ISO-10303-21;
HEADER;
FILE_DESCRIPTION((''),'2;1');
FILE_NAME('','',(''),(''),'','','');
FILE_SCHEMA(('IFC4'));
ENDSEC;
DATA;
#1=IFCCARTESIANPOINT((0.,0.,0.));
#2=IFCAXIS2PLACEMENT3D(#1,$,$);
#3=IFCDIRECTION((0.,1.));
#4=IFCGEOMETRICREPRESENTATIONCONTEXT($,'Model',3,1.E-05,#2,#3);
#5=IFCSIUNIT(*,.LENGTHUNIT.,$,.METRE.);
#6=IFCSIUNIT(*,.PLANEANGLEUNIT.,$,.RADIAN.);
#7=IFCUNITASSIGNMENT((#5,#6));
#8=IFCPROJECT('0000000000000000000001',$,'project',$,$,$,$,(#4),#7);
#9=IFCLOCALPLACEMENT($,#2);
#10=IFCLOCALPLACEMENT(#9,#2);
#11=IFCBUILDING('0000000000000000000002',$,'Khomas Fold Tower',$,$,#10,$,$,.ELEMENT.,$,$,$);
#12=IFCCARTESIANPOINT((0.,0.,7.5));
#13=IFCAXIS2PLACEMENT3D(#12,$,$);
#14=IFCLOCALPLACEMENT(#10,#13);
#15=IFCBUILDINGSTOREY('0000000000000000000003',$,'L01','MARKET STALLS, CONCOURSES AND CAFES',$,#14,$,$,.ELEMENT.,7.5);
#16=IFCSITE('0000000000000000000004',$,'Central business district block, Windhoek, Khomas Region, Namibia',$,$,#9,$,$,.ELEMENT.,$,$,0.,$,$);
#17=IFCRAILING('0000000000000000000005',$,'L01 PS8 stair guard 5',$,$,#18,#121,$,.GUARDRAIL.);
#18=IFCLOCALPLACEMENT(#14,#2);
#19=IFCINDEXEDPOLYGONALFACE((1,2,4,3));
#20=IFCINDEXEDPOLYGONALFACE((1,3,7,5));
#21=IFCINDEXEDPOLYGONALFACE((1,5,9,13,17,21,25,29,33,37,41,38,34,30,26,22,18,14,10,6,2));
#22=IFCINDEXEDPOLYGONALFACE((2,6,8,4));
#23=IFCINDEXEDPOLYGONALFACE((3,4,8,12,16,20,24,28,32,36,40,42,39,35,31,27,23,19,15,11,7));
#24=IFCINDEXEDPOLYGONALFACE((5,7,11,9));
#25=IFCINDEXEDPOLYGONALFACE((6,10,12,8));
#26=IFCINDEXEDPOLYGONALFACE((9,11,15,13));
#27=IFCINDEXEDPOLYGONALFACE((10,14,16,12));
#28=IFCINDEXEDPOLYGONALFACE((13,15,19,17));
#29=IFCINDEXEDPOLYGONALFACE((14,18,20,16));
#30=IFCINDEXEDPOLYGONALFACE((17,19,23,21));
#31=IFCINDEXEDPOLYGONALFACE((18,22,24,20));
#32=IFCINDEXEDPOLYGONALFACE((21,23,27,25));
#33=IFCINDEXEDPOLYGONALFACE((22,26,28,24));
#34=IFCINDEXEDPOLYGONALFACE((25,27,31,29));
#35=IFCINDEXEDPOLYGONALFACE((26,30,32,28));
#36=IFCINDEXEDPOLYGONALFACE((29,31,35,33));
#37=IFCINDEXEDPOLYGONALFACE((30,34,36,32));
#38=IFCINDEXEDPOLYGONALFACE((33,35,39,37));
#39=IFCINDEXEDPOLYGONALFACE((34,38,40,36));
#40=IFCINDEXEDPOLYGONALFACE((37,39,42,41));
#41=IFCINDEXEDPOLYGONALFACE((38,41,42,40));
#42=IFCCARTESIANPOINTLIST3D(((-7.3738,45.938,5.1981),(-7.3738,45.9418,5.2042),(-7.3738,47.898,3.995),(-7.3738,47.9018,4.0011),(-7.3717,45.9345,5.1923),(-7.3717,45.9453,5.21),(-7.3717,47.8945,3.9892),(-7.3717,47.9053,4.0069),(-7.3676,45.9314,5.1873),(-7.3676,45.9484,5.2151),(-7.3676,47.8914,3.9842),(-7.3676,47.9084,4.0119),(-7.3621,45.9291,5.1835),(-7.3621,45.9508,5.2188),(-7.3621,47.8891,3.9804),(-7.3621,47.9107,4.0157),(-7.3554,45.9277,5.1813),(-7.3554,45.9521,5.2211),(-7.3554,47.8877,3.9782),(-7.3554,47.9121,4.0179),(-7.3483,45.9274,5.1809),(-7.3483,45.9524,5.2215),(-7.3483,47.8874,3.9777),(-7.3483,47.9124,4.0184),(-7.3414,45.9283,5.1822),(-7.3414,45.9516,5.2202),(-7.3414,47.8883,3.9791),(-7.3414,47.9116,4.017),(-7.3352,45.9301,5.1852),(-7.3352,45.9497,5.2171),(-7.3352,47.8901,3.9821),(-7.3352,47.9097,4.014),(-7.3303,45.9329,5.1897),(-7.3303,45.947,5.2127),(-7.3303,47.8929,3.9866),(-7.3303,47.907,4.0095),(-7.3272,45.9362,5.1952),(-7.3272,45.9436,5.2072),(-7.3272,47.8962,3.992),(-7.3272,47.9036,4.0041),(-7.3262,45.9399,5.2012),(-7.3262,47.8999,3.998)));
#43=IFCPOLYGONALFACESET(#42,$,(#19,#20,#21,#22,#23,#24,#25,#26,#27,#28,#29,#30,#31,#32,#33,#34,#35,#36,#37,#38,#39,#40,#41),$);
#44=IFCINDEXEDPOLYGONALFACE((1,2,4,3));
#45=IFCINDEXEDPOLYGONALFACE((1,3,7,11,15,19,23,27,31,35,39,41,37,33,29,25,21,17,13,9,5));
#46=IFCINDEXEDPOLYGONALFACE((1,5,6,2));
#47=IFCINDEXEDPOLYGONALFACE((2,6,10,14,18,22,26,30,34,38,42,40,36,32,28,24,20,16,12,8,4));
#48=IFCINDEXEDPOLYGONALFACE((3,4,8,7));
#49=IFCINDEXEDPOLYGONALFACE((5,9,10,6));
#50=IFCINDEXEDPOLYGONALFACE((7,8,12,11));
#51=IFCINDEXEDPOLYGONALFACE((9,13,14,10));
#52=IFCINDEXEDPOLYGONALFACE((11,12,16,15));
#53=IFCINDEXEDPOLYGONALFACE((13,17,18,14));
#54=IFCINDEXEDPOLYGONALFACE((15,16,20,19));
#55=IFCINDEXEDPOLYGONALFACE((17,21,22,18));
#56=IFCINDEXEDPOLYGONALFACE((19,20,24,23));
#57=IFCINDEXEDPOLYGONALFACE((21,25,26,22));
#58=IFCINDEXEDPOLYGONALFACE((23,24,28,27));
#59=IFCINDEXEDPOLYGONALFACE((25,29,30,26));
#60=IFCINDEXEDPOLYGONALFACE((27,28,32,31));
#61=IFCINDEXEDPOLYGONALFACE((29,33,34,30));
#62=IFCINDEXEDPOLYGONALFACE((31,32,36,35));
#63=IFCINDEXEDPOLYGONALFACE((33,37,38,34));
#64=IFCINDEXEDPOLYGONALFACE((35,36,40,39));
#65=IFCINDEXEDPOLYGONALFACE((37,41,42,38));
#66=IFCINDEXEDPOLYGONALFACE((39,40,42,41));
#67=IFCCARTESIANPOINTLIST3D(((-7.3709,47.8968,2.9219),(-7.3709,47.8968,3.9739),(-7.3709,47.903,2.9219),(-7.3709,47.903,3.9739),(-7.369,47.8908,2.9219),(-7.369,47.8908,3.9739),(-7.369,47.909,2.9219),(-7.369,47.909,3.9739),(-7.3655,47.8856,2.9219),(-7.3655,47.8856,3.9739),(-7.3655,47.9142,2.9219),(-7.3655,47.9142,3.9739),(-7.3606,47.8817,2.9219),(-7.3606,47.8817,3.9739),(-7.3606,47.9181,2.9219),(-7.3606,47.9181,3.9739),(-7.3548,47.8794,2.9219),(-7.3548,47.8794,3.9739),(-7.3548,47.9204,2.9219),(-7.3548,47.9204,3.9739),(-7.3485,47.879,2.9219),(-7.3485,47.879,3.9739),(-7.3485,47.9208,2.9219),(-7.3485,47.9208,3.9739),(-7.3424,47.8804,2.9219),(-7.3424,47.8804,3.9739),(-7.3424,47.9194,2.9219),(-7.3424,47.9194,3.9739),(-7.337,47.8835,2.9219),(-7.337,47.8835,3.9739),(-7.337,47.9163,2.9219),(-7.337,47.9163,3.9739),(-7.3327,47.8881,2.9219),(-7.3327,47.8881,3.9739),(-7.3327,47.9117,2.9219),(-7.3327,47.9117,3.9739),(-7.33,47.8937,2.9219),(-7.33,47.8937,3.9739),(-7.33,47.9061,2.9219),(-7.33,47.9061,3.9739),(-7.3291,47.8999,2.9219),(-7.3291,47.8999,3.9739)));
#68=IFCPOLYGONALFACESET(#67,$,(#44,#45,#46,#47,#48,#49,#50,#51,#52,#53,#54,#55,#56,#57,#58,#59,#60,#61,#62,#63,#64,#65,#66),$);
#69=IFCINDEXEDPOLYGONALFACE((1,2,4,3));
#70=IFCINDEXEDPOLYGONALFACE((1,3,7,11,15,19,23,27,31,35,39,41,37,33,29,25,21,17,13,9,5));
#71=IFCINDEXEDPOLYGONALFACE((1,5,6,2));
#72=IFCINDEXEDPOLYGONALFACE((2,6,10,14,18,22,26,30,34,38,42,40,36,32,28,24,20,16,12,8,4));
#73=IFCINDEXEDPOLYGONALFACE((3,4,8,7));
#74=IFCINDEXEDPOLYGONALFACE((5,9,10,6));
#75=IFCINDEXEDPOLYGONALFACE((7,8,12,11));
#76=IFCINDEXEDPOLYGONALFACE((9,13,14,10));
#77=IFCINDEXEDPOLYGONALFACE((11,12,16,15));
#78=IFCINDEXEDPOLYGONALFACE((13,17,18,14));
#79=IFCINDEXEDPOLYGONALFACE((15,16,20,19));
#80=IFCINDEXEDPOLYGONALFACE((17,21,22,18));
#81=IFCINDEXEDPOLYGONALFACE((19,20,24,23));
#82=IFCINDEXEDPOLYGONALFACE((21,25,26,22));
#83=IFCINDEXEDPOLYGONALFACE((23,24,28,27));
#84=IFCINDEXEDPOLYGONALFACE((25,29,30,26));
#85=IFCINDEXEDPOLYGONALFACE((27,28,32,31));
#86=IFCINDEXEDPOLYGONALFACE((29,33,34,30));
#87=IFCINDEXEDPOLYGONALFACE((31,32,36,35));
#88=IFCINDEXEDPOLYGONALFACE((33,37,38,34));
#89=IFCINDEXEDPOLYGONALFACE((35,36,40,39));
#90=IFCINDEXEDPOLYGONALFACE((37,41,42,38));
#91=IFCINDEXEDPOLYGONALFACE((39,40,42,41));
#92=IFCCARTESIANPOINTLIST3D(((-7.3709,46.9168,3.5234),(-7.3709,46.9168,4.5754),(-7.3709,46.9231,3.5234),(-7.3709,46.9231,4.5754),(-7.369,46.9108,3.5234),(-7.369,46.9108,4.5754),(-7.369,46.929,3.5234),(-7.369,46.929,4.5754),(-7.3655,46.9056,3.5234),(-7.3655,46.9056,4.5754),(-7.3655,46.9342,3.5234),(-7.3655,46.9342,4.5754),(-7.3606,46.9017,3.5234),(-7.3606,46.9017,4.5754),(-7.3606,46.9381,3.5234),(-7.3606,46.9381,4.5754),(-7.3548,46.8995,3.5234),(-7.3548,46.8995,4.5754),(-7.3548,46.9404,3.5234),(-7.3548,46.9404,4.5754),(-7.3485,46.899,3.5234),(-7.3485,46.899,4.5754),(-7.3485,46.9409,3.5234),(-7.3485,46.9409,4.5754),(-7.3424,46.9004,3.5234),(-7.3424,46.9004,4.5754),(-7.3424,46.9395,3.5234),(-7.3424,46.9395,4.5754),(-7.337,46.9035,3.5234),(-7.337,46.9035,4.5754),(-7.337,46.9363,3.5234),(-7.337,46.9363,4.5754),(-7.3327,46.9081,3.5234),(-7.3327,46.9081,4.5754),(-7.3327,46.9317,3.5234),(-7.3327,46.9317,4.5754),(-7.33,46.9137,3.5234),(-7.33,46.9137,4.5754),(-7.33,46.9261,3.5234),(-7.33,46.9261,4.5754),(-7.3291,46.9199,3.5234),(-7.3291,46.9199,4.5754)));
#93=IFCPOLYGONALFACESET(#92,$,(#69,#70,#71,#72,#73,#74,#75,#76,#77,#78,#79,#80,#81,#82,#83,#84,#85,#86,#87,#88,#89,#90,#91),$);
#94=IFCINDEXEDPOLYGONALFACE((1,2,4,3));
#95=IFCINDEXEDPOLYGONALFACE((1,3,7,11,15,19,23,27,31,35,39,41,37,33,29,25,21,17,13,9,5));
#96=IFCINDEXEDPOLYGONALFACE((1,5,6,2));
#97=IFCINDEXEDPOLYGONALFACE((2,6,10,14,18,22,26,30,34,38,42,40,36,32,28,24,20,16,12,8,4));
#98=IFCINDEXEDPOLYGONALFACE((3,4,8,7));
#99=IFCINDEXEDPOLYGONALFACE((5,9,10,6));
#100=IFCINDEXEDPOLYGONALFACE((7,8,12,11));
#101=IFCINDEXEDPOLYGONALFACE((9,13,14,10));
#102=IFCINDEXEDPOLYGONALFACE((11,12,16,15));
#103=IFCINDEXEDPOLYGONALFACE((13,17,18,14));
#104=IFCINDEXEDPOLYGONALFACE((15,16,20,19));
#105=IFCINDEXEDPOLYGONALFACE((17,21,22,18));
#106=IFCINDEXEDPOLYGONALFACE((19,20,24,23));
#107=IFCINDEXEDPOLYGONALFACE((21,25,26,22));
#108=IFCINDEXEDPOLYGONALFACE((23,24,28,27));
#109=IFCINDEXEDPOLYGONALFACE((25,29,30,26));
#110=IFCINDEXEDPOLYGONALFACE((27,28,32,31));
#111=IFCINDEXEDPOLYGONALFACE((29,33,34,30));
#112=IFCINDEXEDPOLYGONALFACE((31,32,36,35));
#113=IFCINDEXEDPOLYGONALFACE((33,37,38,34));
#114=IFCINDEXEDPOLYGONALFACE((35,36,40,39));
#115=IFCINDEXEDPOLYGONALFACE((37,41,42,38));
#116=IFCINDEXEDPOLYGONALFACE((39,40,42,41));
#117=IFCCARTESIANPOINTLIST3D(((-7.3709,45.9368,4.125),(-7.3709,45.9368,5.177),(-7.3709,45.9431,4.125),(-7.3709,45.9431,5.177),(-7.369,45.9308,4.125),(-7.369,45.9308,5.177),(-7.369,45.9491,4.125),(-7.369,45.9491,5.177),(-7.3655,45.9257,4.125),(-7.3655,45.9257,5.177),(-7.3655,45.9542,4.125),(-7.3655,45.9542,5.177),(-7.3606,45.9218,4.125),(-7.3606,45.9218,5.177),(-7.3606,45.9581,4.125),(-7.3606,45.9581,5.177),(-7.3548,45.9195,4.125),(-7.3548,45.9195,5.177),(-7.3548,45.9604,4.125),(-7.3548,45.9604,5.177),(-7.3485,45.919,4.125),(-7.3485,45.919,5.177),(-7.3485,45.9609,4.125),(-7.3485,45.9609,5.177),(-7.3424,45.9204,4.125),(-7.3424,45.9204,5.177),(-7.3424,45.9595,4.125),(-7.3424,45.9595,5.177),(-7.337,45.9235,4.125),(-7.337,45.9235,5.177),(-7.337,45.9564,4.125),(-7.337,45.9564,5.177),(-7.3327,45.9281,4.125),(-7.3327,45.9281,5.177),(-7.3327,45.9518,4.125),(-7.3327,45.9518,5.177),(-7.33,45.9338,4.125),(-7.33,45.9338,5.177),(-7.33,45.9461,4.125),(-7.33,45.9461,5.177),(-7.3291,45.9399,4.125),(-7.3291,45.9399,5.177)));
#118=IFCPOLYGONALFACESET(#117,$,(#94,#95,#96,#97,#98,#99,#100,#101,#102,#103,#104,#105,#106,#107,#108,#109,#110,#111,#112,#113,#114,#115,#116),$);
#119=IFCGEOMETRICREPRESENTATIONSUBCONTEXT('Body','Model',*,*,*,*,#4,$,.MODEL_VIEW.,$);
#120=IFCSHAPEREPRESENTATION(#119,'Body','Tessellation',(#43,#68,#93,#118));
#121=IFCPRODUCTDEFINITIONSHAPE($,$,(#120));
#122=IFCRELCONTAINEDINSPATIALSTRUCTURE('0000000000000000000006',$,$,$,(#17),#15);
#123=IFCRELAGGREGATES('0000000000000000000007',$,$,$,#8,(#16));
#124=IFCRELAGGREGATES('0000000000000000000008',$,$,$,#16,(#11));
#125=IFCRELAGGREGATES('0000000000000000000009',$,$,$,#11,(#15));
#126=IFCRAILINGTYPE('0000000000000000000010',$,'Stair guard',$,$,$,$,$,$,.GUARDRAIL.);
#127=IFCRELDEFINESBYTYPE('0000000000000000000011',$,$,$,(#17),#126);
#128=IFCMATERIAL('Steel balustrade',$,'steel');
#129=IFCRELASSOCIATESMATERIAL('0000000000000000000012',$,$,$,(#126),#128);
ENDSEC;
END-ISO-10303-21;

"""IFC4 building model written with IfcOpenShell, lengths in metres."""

from ifc_helpers import new_model, si_unit, direction, frame, origin, origin_2d, place, context, subcontext, project, spatial, circle, extrude, source, transform, mapped, material, type_object, element, save


model = new_model("IFC4")

# Units and contexts
model_context = context("Model", 3, precision=1e-05, world=origin(), true_north=direction((0.0, 1.0)))
body_context = subcontext(model_context, "Body", "Model", "MODEL_VIEW")
ifc_project = project(units=[si_unit("LENGTHUNIT", "METRE"), si_unit("PLANEANGLEUNIT", "RADIAN")], contexts=[model_context])

# Site, building, storey
site_placement = place(None, origin())
site = spatial("IfcSite", under=ifc_project, at=site_placement, Name="Central business district block, Windhoek, Khomas Region, Namibia", CompositionType="ELEMENT", RefElevation=0.0)
building_placement = place(site_placement, origin())
building = spatial("IfcBuilding", under=site, at=building_placement, Name="Khomas Fold Tower", CompositionType="ELEMENT")
storey_placement = place(building_placement, frame((0.0, 0.0, 7.5)))
storey = spatial("IfcBuildingStorey", under=building, at=storey_placement, Name="L01", Description="MARKET STALLS, CONCOURSES AND CAFES", CompositionType="ELEMENT", Elevation=7.5)

# Railing
ifc_material_1 = material(Name="Steel balustrade", Category="steel")
railing_type_1 = type_object("IfcRailingType", Name="Stair guard", PredefinedType="GUARDRAIL", material=ifc_material_1)
shared_shape_1 = source(origin(), body_context, "Body", "SweptSolid", [
    extrude(circle(Radius=0.0239, at=origin_2d()), frame((0.0, 0.0, 1.0762), z_axis=(0.0, -0.852241, 0.523149), x_axis=(1.0, 0.0, 0.0)), (0.0, 0.0, 1.0), 2.2998),
    extrude(circle(Radius=0.021, at=origin_2d()), origin(), (0.0, 0.0, 1.0), 1.052),
    extrude(circle(Radius=0.021, at=origin_2d()), frame((0.0, -0.98, 0.6016)), (0.0, 0.0, 1.0), 1.052),
    extrude(circle(Radius=0.021, at=origin_2d()), frame((0.0, -1.96, 1.2031)), (0.0, 0.0, 1.0), 1.052),
])
for number, where, name in (
    (1, (-7.3501, 47.8999, 2.9219), "L01 PS8 stair guard 5"),
):
    element("IfcRailing", number, at=place(storey_placement, frame(where)), inside=storey, type_object=railing_type_1, Name=name, PredefinedType="GUARDRAIL", context=body_context, shape_type="MappedRepresentation", body=[
        mapped(shared_shape_1, transform((0.0, 0.0, 0.0))),
    ])

save(model, "model.ifc")
